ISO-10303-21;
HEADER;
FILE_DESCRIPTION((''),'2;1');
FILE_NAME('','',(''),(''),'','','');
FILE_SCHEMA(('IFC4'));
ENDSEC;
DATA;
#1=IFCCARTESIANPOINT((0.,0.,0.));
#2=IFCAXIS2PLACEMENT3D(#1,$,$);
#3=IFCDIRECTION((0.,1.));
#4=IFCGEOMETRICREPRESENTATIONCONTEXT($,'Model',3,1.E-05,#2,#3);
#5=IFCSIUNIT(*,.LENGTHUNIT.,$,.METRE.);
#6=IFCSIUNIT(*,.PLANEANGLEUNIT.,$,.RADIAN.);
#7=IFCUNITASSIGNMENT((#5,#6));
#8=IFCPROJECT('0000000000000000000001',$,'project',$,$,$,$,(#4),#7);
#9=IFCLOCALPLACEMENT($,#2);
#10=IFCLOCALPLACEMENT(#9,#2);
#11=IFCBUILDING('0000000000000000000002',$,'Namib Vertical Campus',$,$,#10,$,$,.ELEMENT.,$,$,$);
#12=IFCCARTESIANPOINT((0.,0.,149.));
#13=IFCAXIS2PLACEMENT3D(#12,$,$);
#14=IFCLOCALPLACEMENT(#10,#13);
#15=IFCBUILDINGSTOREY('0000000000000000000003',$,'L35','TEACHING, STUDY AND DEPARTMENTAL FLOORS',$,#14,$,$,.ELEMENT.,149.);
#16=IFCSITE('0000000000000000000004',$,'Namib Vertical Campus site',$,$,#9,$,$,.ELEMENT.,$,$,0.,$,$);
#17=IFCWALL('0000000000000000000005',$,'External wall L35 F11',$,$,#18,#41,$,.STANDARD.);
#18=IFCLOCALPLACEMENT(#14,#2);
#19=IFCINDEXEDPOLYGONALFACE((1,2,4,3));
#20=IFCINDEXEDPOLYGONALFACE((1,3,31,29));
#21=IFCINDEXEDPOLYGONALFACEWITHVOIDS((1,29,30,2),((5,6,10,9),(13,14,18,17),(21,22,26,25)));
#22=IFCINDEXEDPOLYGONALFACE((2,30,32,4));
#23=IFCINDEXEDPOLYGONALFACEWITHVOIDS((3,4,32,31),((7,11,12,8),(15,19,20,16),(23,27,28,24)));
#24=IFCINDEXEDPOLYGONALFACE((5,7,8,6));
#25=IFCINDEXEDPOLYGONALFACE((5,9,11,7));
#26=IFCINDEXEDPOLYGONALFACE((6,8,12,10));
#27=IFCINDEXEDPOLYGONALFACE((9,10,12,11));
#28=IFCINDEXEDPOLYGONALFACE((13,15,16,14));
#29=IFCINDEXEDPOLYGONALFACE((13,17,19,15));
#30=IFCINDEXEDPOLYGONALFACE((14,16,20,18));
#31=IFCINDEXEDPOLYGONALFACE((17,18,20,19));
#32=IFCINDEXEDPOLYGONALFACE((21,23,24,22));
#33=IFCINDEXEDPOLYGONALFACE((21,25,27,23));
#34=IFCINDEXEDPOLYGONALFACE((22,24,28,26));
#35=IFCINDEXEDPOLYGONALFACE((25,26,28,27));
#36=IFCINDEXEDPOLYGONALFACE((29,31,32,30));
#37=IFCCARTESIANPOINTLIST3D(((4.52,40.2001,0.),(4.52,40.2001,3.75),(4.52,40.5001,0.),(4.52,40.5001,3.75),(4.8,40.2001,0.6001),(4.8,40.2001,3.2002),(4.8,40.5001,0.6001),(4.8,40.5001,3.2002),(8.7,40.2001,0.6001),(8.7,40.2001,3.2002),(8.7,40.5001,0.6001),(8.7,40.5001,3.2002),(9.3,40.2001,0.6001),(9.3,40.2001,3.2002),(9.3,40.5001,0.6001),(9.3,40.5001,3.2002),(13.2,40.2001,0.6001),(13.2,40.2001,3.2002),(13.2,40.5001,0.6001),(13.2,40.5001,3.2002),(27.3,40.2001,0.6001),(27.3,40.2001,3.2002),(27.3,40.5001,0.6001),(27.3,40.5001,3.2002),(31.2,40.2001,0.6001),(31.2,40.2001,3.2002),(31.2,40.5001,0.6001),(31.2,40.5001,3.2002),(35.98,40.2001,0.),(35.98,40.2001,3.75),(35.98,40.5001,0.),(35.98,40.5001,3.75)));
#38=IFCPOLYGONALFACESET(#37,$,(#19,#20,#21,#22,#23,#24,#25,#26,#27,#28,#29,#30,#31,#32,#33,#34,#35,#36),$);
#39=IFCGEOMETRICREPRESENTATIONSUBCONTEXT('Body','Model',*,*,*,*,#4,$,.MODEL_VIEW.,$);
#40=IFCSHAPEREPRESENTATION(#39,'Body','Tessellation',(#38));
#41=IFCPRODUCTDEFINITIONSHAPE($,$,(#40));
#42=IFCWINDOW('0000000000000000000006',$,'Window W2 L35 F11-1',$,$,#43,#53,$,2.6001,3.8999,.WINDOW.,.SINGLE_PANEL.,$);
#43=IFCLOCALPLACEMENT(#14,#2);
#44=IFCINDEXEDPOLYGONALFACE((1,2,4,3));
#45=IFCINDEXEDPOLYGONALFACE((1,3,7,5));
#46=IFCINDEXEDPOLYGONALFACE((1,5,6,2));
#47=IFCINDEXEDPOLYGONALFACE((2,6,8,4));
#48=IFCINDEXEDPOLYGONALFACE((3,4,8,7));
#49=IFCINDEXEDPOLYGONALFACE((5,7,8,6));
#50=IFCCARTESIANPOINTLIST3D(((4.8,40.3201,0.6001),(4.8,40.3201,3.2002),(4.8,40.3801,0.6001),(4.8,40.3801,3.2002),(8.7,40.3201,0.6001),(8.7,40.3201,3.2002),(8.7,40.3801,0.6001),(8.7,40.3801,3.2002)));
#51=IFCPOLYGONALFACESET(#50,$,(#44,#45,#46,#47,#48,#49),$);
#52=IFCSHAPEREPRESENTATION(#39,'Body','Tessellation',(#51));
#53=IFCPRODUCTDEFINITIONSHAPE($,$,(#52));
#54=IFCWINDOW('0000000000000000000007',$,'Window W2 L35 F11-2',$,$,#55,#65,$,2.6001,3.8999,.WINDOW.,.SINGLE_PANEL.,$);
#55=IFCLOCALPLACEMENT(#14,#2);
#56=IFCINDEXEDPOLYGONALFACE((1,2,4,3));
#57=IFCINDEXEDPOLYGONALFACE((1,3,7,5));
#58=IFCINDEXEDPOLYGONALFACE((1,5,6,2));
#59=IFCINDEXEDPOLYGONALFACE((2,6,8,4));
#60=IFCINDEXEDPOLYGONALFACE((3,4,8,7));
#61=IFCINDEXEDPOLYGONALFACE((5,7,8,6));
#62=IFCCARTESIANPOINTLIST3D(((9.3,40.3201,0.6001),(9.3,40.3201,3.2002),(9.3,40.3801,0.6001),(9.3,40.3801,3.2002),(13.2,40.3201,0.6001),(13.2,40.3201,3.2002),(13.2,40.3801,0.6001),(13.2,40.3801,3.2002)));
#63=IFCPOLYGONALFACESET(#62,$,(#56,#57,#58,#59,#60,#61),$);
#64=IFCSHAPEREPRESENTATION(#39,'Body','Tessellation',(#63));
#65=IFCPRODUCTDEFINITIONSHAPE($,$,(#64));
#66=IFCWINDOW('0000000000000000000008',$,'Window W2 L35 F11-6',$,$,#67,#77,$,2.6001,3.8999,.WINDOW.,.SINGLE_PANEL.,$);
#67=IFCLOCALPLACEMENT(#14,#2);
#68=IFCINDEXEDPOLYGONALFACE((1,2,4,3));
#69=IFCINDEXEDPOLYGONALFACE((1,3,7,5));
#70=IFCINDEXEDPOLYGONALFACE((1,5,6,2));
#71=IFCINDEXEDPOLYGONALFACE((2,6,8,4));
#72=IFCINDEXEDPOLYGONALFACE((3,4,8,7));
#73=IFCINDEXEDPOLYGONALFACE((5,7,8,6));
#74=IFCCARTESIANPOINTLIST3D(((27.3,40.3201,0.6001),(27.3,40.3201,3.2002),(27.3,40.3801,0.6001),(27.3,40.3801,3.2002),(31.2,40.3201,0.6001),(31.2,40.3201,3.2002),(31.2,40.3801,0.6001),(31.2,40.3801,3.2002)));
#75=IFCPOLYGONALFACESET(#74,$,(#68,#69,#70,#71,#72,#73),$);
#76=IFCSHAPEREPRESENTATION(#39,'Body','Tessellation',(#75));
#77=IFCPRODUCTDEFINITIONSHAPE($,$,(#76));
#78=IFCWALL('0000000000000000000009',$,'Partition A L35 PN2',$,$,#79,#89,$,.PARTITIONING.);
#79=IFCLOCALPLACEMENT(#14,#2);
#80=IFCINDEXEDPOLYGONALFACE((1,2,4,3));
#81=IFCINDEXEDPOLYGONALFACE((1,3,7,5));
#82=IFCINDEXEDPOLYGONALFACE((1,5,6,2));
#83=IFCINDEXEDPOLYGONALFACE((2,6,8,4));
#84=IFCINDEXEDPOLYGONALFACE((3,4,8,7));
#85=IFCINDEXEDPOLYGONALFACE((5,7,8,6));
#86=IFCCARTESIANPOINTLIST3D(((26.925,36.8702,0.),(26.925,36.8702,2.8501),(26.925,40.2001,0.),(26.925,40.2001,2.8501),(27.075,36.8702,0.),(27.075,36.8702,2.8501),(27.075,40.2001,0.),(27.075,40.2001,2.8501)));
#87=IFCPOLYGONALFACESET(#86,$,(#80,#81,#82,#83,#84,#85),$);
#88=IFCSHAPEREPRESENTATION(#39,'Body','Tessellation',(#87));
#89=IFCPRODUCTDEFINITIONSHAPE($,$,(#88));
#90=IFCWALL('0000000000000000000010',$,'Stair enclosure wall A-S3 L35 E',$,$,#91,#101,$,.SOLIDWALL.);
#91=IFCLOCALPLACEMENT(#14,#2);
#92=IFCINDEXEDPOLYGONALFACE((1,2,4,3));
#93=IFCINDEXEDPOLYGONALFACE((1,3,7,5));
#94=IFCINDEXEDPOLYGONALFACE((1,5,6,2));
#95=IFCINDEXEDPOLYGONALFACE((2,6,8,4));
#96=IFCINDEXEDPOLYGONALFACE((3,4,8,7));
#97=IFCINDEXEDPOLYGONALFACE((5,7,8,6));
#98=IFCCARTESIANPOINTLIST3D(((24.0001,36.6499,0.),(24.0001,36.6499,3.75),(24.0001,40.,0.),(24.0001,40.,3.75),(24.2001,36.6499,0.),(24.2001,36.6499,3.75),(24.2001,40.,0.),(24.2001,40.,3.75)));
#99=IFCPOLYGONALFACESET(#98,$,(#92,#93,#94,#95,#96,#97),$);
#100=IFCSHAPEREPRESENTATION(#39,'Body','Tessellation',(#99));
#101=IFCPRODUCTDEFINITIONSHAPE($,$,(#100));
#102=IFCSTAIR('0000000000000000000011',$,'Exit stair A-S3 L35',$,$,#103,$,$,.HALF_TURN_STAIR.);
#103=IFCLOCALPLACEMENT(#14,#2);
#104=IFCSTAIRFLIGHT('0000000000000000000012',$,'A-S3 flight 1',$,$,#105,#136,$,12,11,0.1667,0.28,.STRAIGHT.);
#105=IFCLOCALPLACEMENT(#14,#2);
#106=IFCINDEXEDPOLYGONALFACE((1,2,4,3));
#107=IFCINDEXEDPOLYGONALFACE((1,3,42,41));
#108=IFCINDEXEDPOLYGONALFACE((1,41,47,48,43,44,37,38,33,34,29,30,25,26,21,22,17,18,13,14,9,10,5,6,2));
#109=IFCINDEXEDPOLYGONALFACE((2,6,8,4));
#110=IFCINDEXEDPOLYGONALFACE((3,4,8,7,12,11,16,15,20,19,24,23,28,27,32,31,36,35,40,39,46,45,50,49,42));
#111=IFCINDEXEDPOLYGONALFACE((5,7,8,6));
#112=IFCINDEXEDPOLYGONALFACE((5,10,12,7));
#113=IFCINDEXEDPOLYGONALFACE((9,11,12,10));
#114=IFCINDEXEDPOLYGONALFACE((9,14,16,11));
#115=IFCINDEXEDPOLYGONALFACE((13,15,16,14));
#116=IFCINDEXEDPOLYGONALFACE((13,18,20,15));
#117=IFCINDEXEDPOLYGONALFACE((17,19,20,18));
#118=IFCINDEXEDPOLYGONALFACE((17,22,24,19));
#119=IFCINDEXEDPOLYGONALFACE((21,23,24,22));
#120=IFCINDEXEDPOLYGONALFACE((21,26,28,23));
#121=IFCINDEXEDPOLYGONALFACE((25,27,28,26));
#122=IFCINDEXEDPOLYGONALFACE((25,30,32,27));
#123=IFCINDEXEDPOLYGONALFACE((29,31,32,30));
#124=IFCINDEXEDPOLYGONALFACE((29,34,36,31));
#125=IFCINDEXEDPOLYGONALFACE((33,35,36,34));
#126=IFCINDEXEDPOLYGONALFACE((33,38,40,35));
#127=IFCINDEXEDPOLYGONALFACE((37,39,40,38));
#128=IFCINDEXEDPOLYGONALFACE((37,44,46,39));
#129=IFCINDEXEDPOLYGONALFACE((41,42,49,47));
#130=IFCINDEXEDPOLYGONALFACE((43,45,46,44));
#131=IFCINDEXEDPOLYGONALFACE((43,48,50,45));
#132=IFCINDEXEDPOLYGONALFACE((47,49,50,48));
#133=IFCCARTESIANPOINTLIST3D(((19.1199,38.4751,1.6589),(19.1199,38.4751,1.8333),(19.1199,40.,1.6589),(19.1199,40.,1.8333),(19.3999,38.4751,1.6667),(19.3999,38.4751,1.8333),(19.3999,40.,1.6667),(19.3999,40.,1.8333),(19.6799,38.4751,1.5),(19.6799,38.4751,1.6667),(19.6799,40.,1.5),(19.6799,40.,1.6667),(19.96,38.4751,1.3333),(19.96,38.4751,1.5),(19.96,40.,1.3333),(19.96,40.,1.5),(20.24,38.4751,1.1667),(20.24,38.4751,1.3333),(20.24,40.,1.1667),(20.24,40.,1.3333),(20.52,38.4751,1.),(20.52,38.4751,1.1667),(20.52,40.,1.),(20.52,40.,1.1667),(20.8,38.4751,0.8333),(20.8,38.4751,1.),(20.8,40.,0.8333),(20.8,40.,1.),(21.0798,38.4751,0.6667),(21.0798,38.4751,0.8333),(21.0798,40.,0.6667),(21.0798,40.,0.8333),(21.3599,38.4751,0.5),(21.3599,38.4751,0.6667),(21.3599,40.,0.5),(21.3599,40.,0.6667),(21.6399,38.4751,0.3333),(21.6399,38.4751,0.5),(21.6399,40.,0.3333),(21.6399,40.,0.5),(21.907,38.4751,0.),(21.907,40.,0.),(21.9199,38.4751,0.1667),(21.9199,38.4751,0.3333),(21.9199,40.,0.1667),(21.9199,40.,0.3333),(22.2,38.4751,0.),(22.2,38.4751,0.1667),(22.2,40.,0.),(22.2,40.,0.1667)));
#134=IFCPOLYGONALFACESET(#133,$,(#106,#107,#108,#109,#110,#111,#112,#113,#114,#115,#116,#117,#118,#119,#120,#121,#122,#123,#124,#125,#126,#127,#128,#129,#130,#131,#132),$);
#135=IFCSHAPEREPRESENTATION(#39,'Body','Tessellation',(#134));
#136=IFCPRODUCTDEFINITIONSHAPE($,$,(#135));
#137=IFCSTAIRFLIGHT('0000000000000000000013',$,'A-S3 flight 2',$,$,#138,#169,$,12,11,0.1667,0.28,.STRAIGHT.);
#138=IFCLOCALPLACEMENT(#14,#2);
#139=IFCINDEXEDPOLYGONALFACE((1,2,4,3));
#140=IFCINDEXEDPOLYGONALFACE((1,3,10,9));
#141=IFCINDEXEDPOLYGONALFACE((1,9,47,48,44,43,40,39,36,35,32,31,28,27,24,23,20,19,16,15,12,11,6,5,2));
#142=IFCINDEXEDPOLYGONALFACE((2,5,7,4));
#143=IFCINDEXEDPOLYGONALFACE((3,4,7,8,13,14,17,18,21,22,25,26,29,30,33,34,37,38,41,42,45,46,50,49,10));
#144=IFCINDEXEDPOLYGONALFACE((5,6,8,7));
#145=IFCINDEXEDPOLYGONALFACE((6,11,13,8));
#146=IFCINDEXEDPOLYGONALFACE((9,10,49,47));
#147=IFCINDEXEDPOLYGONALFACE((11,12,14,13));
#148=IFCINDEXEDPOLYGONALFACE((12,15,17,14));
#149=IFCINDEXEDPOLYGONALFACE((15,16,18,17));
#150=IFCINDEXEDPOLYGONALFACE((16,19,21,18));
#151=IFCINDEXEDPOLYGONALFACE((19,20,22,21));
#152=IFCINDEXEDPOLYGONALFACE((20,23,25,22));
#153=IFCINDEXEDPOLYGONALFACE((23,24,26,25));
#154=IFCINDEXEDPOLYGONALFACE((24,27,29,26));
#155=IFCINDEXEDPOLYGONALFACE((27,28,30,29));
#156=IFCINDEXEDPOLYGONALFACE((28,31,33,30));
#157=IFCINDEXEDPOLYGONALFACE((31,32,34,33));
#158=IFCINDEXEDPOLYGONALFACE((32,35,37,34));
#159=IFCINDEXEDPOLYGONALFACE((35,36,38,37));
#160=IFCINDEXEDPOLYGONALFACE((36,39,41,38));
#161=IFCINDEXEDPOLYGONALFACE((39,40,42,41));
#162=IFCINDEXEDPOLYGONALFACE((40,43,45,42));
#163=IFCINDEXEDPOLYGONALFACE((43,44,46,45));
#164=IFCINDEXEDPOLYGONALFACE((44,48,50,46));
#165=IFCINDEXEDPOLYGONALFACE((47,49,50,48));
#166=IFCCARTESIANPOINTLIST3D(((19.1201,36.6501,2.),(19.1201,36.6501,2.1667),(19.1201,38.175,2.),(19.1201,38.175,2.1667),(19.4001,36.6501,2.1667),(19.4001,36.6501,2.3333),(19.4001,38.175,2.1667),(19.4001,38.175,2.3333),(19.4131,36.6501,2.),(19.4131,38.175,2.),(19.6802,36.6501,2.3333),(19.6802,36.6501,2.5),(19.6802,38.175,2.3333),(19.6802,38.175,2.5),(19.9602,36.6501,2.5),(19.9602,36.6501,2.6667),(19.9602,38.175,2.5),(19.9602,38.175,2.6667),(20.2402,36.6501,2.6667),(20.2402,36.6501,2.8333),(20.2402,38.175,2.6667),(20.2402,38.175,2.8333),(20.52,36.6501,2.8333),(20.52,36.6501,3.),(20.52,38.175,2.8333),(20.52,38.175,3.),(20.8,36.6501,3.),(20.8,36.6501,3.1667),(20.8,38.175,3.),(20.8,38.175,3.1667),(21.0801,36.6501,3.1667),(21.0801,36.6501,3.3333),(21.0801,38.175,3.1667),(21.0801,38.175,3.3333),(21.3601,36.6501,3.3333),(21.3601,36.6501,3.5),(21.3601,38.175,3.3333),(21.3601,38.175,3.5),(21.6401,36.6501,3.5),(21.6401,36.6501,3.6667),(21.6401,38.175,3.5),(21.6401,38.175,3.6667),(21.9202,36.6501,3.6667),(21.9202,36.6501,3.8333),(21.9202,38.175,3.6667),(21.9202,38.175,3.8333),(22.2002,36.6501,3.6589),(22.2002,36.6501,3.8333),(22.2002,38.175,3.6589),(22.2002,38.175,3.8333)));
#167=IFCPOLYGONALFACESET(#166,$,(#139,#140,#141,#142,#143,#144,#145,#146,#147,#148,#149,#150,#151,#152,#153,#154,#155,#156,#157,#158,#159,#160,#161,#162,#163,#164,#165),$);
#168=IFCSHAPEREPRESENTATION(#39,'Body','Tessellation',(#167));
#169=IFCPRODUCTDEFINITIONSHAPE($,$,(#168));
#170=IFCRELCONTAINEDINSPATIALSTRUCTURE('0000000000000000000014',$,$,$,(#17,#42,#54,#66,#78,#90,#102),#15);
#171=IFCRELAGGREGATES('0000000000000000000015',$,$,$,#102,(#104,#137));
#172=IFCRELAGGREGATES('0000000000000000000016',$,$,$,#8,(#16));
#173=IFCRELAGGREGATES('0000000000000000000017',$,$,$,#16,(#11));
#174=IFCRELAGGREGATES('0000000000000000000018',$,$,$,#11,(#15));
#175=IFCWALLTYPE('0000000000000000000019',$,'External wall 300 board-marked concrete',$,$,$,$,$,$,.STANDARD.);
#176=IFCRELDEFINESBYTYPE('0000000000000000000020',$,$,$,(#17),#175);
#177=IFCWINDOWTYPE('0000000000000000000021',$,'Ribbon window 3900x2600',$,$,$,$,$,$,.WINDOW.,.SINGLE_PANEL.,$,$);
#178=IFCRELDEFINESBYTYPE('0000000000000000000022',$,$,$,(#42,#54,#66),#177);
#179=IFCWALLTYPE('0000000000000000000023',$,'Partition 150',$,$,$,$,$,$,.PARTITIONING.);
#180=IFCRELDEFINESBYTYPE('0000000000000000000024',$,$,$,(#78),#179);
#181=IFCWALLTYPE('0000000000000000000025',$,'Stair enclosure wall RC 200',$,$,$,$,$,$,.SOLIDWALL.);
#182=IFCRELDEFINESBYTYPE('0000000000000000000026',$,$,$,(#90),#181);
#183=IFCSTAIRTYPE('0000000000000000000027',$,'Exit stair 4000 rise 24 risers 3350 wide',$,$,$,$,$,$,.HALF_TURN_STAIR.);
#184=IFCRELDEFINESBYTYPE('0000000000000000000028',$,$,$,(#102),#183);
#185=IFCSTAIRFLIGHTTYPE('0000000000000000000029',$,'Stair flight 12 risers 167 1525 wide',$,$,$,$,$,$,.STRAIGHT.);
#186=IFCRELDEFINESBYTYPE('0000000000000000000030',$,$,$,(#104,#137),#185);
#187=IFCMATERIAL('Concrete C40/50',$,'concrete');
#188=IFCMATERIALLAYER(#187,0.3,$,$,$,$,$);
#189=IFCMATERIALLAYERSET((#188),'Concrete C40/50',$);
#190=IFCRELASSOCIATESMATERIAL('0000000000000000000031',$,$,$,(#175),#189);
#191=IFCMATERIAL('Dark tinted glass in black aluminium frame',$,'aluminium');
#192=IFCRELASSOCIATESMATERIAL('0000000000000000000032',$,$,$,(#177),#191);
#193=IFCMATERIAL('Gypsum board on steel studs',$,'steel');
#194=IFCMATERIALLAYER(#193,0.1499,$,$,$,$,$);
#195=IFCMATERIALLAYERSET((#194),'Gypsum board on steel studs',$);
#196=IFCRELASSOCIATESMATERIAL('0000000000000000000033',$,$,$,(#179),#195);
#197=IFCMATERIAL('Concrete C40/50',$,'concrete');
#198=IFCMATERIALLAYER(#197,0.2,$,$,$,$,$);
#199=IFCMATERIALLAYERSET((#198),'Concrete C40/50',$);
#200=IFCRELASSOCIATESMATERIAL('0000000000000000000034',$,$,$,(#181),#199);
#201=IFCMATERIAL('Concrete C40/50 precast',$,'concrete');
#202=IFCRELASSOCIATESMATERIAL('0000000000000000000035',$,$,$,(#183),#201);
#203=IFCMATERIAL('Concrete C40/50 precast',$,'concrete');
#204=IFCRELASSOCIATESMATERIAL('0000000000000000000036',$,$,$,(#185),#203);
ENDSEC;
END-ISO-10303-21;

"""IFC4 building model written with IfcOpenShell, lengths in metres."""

from ifc_helpers import new_model, si_unit, direction, frame, frame_2d, origin, place, context, subcontext, project, spatial, polyline, rectangle, outline, extrude, material, layer, layer_set, type_object, element, fill, aggregate, save


model = new_model("IFC4")

# Units and contexts
model_context = context("Model", 3, precision=1e-05, world=origin(), true_north=direction((0.0, 1.0)))
body_context = subcontext(model_context, "Body", "Model", "MODEL_VIEW")
ifc_project = project(units=[si_unit("LENGTHUNIT", "METRE"), si_unit("PLANEANGLEUNIT", "RADIAN")], contexts=[model_context])

# Site, building, storey
site_placement = place(None, origin())
site = spatial("IfcSite", under=ifc_project, at=site_placement, Name="Namib Vertical Campus site", CompositionType="ELEMENT", RefElevation=0.0)
building_placement = place(site_placement, origin())
building = spatial("IfcBuilding", under=site, at=building_placement, Name="Namib Vertical Campus", CompositionType="ELEMENT")
storey_placement = place(building_placement, frame((0.0, 0.0, 149.0)))
storey = spatial("IfcBuildingStorey", under=building, at=storey_placement, Name="L35", Description="TEACHING, STUDY AND DEPARTMENTAL FLOORS", CompositionType="ELEMENT", Elevation=149.0)

# Shared definitions
ifc_material_1 = material(Name="Concrete C40/50", Category="concrete")
ifc_layer_1 = layer(ifc_material_1, 0.3)
ifc_layer_set_1 = layer_set([ifc_layer_1], Name="Concrete C40/50")
wall_type_1 = type_object("IfcWallType", Name="External wall 300 board-marked concrete", PredefinedType="STANDARD", material=ifc_layer_set_1)

# Wall, openings, windows
wall_1_placement = place(storey_placement, frame((35.98, 40.3501, 0.0), z_axis=(0.0, 0.0, 1.0), x_axis=(-1.0, 0.0, 0.0)))
wall_1 = element("IfcWall", 1, at=wall_1_placement, inside=storey, type_object=wall_type_1, Name="External wall L35 F11", PredefinedType="STANDARD", context=body_context, shape_type="SweptSolid", body=[
    extrude(rectangle(XDim=31.46, YDim=0.3, at=frame_2d((15.73, 0.0))), origin(), (0.0, 0.0, 1.0), 3.75),
])
opening_1_placement = place(wall_1_placement, frame((27.28, 0.0, 0.6001)))
opening_1 = element("IfcOpeningElement", 2, at=opening_1_placement, cuts=wall_1, PredefinedType="OPENING", context=body_context, shape_type="SweptSolid", body=[
    extrude(rectangle(XDim=3.8999, YDim=2.6001, at=frame_2d((1.95, 1.3))), frame((0.0, 0.1599, 0.0), z_axis=(0.0, -1.0, 0.0), x_axis=(1.0, 0.0, 0.0)), (0.0, 0.0, 1.0), 0.3201),
])
opening_2_placement = place(wall_1_placement, frame((22.78, 0.0, 0.6001)))
opening_2 = element("IfcOpeningElement", 3, at=opening_2_placement, cuts=wall_1, PredefinedType="OPENING", context=body_context, shape_type="SweptSolid", body=[
    extrude(rectangle(XDim=3.8999, YDim=2.6001, at=frame_2d((1.95, 1.3))), frame((0.0, 0.1599, 0.0), z_axis=(0.0, -1.0, 0.0), x_axis=(1.0, 0.0, 0.0)), (0.0, 0.0, 1.0), 0.3201),
])
opening_3_placement = place(wall_1_placement, frame((4.78, 0.0, 0.6001)))
opening_3 = element("IfcOpeningElement", 4, at=opening_3_placement, cuts=wall_1, PredefinedType="OPENING", context=body_context, shape_type="SweptSolid", body=[
    extrude(rectangle(XDim=3.8999, YDim=2.6001, at=frame_2d((1.95, 1.3))), frame((0.0, 0.1599, 0.0), z_axis=(0.0, -1.0, 0.0), x_axis=(1.0, 0.0, 0.0)), (0.0, 0.0, 1.0), 0.3201),
])
ifc_material_2 = material(Name="Dark tinted glass in black aluminium frame", Category="aluminium")
window_type = type_object("IfcWindowType", Name="Ribbon window 3900x2600", PartitioningType="SINGLE_PANEL", PredefinedType="WINDOW", material=ifc_material_2)
window_1_placement = place(opening_1_placement, origin())
window_1 = element("IfcWindow", 5, at=window_1_placement, inside=storey, type_object=window_type, Name="Window W2 L35 F11-1", OverallHeight=2.6001, OverallWidth=3.8999, PartitioningType="SINGLE_PANEL", PredefinedType="WINDOW", context=body_context, shape_type="SweptSolid", body=[
    extrude(rectangle(XDim=3.8999, YDim=2.6001, at=frame_2d((1.95, 1.3))), frame((0.0, 0.03, 0.0), z_axis=(0.0, -1.0, 0.0), x_axis=(1.0, 0.0, 0.0)), (0.0, 0.0, 1.0), 0.0601),
])
fill(opening_1, window_1)
window_2_placement = place(opening_2_placement, origin())
window_2 = element("IfcWindow", 6, at=window_2_placement, inside=storey, type_object=window_type, Name="Window W2 L35 F11-2", OverallHeight=2.6001, OverallWidth=3.8999, PartitioningType="SINGLE_PANEL", PredefinedType="WINDOW", context=body_context, shape_type="SweptSolid", body=[
    extrude(rectangle(XDim=3.8999, YDim=2.6001, at=frame_2d((1.95, 1.3))), frame((0.0, 0.03, 0.0), z_axis=(0.0, -1.0, 0.0), x_axis=(1.0, 0.0, 0.0)), (0.0, 0.0, 1.0), 0.0601),
])
fill(opening_2, window_2)
window_3_placement = place(opening_3_placement, origin())
window_3 = element("IfcWindow", 7, at=window_3_placement, inside=storey, type_object=window_type, Name="Window W2 L35 F11-6", OverallHeight=2.6001, OverallWidth=3.8999, PartitioningType="SINGLE_PANEL", PredefinedType="WINDOW", context=body_context, shape_type="SweptSolid", body=[
    extrude(rectangle(XDim=3.8999, YDim=2.6001, at=frame_2d((1.95, 1.3))), frame((0.0, 0.03, 0.0), z_axis=(0.0, -1.0, 0.0), x_axis=(1.0, 0.0, 0.0)), (0.0, 0.0, 1.0), 0.0601),
])
fill(opening_3, window_3)

# Walls
ifc_material_3 = material(Name="Gypsum board on steel studs", Category="steel")
ifc_layer_2 = layer(ifc_material_3, 0.1499)
ifc_layer_set_2 = layer_set([ifc_layer_2], Name="Gypsum board on steel studs")
wall_type_2 = type_object("IfcWallType", Name="Partition 150", PredefinedType="PARTITIONING", material=ifc_layer_set_2)
wall_2_placement = place(storey_placement, frame((27.0, 36.8701, 0.0), z_axis=(0.0, 0.0, 1.0), x_axis=(0.0, 1.0, 0.0)))
element("IfcWall", 8, at=wall_2_placement, inside=storey, type_object=wall_type_2, Name="Partition A L35 PN2", PredefinedType="PARTITIONING", context=body_context, shape_type="SweptSolid", body=[
    extrude(rectangle(XDim=3.3298, YDim=0.1499, at=frame_2d((1.665, 0.0))), origin(), (0.0, 0.0, 1.0), 2.8501),
])
ifc_material_4 = material(Name="Concrete C40/50", Category="concrete")
ifc_layer_3 = layer(ifc_material_4, 0.2)
ifc_layer_set_3 = layer_set([ifc_layer_3], Name="Concrete C40/50")
wall_type_3 = type_object("IfcWallType", Name="Stair enclosure wall RC 200", PredefinedType="SOLIDWALL", material=ifc_layer_set_3)
wall_3_placement = place(storey_placement, frame((24.1001, 36.6499, 0.0), z_axis=(0.0, 0.0, 1.0), x_axis=(0.0, 1.0, 0.0)))
element("IfcWall", 9, at=wall_3_placement, inside=storey, type_object=wall_type_3, Name="Stair enclosure wall A-S3 L35 E", PredefinedType="SOLIDWALL", context=body_context, shape_type="SweptSolid", body=[
    extrude(rectangle(XDim=3.3501, YDim=0.2, at=frame_2d((1.675, 0.0))), origin(), (0.0, 0.0, 1.0), 3.75),
])

# Stair, stair flights
ifc_material_5 = material(Name="Concrete C40/50 precast", Category="concrete")
stair_type = type_object("IfcStairType", Name="Exit stair 4000 rise 24 risers 3350 wide", PredefinedType="HALF_TURN_STAIR", material=ifc_material_5)
stair_placement = place(storey_placement, origin())
stair = element("IfcStair", 10, at=stair_placement, inside=storey, type_object=stair_type, Name="Exit stair A-S3 L35", PredefinedType="HALF_TURN_STAIR")
ifc_material_6 = material(Name="Concrete C40/50 precast", Category="concrete")
stair_flight_type = type_object("IfcStairFlightType", Name="Stair flight 12 risers 167 1525 wide", PredefinedType="STRAIGHT", material=ifc_material_6)
stair_flight_1_placement = place(storey_placement, frame((22.2, 39.2375, 0.0), z_axis=(0.0, 0.0, 1.0), x_axis=(-1.0, 0.0, 0.0)))
stair_flight_1 = element("IfcStairFlight", 11, at=stair_flight_1_placement, type_object=stair_flight_type, Name="A-S3 flight 1", NumberOfRisers=12, NumberOfTreads=11, PredefinedType="STRAIGHT", RiserHeight=0.1667, TreadLength=0.28, context=body_context, shape_type="SweptSolid", body=[
    extrude(outline(polyline([(0.0, 0.0), (0.0, 0.1667), (0.28, 0.1667), (0.28, 0.3333), (0.5601, 0.3333), (0.5601, 0.5), (0.8401, 0.5), (0.8401, 0.6667), (1.1201, 0.6667), (1.1201, 0.8333), (1.3999, 0.8333), (1.3999, 1.0), (1.6799, 1.0), (1.6799, 1.1667), (1.96, 1.1667), (1.96, 1.3333), (2.24, 1.3333), (2.24, 1.5), (2.52, 1.5), (2.52, 1.6667), (2.8, 1.6667), (2.8, 1.8333), (3.0801, 1.8333), (3.0801, 2.0), (3.0801, 1.6589), (0.293, 0.0), (0.0, 0.0)])), frame((0.0, 0.7625, 0.0), z_axis=(0.0, -1.0, 0.0), x_axis=(1.0, 0.0, 0.0)), (0.0, 0.0, 1.0), 1.5249),
])
stair_flight_2_placement = place(storey_placement, frame((19.1201, 37.4126, 2.0), z_axis=(0.0, 0.0, 1.0), x_axis=(1.0, 0.0, 0.0)))
stair_flight_2 = element("IfcStairFlight", 12, at=stair_flight_2_placement, type_object=stair_flight_type, Name="A-S3 flight 2", NumberOfRisers=12, NumberOfTreads=11, PredefinedType="STRAIGHT", RiserHeight=0.1667, TreadLength=0.28, context=body_context, shape_type="SweptSolid", body=[
    extrude(outline(polyline([(0.0, 0.0), (0.0, 0.1667), (0.28, 0.1667), (0.28, 0.3333), (0.5601, 0.3333), (0.5601, 0.5), (0.8401, 0.5), (0.8401, 0.6667), (1.1201, 0.6667), (1.1201, 0.8333), (1.3999, 0.8333), (1.3999, 1.0), (1.6799, 1.0), (1.6799, 1.1667), (1.96, 1.1667), (1.96, 1.3333), (2.24, 1.3333), (2.24, 1.5), (2.52, 1.5), (2.52, 1.6667), (2.8, 1.6667), (2.8, 1.8333), (3.0801, 1.8333), (3.0801, 2.0), (3.0801, 1.6589), (0.293, 0.0), (0.0, 0.0)])), frame((0.0, 0.7625, 0.0), z_axis=(0.0, -1.0, 0.0), x_axis=(1.0, 0.0, 0.0)), (0.0, 0.0, 1.0), 1.5249),
])
aggregate(stair, [stair_flight_1, stair_flight_2])

save(model, "model.ifc")
